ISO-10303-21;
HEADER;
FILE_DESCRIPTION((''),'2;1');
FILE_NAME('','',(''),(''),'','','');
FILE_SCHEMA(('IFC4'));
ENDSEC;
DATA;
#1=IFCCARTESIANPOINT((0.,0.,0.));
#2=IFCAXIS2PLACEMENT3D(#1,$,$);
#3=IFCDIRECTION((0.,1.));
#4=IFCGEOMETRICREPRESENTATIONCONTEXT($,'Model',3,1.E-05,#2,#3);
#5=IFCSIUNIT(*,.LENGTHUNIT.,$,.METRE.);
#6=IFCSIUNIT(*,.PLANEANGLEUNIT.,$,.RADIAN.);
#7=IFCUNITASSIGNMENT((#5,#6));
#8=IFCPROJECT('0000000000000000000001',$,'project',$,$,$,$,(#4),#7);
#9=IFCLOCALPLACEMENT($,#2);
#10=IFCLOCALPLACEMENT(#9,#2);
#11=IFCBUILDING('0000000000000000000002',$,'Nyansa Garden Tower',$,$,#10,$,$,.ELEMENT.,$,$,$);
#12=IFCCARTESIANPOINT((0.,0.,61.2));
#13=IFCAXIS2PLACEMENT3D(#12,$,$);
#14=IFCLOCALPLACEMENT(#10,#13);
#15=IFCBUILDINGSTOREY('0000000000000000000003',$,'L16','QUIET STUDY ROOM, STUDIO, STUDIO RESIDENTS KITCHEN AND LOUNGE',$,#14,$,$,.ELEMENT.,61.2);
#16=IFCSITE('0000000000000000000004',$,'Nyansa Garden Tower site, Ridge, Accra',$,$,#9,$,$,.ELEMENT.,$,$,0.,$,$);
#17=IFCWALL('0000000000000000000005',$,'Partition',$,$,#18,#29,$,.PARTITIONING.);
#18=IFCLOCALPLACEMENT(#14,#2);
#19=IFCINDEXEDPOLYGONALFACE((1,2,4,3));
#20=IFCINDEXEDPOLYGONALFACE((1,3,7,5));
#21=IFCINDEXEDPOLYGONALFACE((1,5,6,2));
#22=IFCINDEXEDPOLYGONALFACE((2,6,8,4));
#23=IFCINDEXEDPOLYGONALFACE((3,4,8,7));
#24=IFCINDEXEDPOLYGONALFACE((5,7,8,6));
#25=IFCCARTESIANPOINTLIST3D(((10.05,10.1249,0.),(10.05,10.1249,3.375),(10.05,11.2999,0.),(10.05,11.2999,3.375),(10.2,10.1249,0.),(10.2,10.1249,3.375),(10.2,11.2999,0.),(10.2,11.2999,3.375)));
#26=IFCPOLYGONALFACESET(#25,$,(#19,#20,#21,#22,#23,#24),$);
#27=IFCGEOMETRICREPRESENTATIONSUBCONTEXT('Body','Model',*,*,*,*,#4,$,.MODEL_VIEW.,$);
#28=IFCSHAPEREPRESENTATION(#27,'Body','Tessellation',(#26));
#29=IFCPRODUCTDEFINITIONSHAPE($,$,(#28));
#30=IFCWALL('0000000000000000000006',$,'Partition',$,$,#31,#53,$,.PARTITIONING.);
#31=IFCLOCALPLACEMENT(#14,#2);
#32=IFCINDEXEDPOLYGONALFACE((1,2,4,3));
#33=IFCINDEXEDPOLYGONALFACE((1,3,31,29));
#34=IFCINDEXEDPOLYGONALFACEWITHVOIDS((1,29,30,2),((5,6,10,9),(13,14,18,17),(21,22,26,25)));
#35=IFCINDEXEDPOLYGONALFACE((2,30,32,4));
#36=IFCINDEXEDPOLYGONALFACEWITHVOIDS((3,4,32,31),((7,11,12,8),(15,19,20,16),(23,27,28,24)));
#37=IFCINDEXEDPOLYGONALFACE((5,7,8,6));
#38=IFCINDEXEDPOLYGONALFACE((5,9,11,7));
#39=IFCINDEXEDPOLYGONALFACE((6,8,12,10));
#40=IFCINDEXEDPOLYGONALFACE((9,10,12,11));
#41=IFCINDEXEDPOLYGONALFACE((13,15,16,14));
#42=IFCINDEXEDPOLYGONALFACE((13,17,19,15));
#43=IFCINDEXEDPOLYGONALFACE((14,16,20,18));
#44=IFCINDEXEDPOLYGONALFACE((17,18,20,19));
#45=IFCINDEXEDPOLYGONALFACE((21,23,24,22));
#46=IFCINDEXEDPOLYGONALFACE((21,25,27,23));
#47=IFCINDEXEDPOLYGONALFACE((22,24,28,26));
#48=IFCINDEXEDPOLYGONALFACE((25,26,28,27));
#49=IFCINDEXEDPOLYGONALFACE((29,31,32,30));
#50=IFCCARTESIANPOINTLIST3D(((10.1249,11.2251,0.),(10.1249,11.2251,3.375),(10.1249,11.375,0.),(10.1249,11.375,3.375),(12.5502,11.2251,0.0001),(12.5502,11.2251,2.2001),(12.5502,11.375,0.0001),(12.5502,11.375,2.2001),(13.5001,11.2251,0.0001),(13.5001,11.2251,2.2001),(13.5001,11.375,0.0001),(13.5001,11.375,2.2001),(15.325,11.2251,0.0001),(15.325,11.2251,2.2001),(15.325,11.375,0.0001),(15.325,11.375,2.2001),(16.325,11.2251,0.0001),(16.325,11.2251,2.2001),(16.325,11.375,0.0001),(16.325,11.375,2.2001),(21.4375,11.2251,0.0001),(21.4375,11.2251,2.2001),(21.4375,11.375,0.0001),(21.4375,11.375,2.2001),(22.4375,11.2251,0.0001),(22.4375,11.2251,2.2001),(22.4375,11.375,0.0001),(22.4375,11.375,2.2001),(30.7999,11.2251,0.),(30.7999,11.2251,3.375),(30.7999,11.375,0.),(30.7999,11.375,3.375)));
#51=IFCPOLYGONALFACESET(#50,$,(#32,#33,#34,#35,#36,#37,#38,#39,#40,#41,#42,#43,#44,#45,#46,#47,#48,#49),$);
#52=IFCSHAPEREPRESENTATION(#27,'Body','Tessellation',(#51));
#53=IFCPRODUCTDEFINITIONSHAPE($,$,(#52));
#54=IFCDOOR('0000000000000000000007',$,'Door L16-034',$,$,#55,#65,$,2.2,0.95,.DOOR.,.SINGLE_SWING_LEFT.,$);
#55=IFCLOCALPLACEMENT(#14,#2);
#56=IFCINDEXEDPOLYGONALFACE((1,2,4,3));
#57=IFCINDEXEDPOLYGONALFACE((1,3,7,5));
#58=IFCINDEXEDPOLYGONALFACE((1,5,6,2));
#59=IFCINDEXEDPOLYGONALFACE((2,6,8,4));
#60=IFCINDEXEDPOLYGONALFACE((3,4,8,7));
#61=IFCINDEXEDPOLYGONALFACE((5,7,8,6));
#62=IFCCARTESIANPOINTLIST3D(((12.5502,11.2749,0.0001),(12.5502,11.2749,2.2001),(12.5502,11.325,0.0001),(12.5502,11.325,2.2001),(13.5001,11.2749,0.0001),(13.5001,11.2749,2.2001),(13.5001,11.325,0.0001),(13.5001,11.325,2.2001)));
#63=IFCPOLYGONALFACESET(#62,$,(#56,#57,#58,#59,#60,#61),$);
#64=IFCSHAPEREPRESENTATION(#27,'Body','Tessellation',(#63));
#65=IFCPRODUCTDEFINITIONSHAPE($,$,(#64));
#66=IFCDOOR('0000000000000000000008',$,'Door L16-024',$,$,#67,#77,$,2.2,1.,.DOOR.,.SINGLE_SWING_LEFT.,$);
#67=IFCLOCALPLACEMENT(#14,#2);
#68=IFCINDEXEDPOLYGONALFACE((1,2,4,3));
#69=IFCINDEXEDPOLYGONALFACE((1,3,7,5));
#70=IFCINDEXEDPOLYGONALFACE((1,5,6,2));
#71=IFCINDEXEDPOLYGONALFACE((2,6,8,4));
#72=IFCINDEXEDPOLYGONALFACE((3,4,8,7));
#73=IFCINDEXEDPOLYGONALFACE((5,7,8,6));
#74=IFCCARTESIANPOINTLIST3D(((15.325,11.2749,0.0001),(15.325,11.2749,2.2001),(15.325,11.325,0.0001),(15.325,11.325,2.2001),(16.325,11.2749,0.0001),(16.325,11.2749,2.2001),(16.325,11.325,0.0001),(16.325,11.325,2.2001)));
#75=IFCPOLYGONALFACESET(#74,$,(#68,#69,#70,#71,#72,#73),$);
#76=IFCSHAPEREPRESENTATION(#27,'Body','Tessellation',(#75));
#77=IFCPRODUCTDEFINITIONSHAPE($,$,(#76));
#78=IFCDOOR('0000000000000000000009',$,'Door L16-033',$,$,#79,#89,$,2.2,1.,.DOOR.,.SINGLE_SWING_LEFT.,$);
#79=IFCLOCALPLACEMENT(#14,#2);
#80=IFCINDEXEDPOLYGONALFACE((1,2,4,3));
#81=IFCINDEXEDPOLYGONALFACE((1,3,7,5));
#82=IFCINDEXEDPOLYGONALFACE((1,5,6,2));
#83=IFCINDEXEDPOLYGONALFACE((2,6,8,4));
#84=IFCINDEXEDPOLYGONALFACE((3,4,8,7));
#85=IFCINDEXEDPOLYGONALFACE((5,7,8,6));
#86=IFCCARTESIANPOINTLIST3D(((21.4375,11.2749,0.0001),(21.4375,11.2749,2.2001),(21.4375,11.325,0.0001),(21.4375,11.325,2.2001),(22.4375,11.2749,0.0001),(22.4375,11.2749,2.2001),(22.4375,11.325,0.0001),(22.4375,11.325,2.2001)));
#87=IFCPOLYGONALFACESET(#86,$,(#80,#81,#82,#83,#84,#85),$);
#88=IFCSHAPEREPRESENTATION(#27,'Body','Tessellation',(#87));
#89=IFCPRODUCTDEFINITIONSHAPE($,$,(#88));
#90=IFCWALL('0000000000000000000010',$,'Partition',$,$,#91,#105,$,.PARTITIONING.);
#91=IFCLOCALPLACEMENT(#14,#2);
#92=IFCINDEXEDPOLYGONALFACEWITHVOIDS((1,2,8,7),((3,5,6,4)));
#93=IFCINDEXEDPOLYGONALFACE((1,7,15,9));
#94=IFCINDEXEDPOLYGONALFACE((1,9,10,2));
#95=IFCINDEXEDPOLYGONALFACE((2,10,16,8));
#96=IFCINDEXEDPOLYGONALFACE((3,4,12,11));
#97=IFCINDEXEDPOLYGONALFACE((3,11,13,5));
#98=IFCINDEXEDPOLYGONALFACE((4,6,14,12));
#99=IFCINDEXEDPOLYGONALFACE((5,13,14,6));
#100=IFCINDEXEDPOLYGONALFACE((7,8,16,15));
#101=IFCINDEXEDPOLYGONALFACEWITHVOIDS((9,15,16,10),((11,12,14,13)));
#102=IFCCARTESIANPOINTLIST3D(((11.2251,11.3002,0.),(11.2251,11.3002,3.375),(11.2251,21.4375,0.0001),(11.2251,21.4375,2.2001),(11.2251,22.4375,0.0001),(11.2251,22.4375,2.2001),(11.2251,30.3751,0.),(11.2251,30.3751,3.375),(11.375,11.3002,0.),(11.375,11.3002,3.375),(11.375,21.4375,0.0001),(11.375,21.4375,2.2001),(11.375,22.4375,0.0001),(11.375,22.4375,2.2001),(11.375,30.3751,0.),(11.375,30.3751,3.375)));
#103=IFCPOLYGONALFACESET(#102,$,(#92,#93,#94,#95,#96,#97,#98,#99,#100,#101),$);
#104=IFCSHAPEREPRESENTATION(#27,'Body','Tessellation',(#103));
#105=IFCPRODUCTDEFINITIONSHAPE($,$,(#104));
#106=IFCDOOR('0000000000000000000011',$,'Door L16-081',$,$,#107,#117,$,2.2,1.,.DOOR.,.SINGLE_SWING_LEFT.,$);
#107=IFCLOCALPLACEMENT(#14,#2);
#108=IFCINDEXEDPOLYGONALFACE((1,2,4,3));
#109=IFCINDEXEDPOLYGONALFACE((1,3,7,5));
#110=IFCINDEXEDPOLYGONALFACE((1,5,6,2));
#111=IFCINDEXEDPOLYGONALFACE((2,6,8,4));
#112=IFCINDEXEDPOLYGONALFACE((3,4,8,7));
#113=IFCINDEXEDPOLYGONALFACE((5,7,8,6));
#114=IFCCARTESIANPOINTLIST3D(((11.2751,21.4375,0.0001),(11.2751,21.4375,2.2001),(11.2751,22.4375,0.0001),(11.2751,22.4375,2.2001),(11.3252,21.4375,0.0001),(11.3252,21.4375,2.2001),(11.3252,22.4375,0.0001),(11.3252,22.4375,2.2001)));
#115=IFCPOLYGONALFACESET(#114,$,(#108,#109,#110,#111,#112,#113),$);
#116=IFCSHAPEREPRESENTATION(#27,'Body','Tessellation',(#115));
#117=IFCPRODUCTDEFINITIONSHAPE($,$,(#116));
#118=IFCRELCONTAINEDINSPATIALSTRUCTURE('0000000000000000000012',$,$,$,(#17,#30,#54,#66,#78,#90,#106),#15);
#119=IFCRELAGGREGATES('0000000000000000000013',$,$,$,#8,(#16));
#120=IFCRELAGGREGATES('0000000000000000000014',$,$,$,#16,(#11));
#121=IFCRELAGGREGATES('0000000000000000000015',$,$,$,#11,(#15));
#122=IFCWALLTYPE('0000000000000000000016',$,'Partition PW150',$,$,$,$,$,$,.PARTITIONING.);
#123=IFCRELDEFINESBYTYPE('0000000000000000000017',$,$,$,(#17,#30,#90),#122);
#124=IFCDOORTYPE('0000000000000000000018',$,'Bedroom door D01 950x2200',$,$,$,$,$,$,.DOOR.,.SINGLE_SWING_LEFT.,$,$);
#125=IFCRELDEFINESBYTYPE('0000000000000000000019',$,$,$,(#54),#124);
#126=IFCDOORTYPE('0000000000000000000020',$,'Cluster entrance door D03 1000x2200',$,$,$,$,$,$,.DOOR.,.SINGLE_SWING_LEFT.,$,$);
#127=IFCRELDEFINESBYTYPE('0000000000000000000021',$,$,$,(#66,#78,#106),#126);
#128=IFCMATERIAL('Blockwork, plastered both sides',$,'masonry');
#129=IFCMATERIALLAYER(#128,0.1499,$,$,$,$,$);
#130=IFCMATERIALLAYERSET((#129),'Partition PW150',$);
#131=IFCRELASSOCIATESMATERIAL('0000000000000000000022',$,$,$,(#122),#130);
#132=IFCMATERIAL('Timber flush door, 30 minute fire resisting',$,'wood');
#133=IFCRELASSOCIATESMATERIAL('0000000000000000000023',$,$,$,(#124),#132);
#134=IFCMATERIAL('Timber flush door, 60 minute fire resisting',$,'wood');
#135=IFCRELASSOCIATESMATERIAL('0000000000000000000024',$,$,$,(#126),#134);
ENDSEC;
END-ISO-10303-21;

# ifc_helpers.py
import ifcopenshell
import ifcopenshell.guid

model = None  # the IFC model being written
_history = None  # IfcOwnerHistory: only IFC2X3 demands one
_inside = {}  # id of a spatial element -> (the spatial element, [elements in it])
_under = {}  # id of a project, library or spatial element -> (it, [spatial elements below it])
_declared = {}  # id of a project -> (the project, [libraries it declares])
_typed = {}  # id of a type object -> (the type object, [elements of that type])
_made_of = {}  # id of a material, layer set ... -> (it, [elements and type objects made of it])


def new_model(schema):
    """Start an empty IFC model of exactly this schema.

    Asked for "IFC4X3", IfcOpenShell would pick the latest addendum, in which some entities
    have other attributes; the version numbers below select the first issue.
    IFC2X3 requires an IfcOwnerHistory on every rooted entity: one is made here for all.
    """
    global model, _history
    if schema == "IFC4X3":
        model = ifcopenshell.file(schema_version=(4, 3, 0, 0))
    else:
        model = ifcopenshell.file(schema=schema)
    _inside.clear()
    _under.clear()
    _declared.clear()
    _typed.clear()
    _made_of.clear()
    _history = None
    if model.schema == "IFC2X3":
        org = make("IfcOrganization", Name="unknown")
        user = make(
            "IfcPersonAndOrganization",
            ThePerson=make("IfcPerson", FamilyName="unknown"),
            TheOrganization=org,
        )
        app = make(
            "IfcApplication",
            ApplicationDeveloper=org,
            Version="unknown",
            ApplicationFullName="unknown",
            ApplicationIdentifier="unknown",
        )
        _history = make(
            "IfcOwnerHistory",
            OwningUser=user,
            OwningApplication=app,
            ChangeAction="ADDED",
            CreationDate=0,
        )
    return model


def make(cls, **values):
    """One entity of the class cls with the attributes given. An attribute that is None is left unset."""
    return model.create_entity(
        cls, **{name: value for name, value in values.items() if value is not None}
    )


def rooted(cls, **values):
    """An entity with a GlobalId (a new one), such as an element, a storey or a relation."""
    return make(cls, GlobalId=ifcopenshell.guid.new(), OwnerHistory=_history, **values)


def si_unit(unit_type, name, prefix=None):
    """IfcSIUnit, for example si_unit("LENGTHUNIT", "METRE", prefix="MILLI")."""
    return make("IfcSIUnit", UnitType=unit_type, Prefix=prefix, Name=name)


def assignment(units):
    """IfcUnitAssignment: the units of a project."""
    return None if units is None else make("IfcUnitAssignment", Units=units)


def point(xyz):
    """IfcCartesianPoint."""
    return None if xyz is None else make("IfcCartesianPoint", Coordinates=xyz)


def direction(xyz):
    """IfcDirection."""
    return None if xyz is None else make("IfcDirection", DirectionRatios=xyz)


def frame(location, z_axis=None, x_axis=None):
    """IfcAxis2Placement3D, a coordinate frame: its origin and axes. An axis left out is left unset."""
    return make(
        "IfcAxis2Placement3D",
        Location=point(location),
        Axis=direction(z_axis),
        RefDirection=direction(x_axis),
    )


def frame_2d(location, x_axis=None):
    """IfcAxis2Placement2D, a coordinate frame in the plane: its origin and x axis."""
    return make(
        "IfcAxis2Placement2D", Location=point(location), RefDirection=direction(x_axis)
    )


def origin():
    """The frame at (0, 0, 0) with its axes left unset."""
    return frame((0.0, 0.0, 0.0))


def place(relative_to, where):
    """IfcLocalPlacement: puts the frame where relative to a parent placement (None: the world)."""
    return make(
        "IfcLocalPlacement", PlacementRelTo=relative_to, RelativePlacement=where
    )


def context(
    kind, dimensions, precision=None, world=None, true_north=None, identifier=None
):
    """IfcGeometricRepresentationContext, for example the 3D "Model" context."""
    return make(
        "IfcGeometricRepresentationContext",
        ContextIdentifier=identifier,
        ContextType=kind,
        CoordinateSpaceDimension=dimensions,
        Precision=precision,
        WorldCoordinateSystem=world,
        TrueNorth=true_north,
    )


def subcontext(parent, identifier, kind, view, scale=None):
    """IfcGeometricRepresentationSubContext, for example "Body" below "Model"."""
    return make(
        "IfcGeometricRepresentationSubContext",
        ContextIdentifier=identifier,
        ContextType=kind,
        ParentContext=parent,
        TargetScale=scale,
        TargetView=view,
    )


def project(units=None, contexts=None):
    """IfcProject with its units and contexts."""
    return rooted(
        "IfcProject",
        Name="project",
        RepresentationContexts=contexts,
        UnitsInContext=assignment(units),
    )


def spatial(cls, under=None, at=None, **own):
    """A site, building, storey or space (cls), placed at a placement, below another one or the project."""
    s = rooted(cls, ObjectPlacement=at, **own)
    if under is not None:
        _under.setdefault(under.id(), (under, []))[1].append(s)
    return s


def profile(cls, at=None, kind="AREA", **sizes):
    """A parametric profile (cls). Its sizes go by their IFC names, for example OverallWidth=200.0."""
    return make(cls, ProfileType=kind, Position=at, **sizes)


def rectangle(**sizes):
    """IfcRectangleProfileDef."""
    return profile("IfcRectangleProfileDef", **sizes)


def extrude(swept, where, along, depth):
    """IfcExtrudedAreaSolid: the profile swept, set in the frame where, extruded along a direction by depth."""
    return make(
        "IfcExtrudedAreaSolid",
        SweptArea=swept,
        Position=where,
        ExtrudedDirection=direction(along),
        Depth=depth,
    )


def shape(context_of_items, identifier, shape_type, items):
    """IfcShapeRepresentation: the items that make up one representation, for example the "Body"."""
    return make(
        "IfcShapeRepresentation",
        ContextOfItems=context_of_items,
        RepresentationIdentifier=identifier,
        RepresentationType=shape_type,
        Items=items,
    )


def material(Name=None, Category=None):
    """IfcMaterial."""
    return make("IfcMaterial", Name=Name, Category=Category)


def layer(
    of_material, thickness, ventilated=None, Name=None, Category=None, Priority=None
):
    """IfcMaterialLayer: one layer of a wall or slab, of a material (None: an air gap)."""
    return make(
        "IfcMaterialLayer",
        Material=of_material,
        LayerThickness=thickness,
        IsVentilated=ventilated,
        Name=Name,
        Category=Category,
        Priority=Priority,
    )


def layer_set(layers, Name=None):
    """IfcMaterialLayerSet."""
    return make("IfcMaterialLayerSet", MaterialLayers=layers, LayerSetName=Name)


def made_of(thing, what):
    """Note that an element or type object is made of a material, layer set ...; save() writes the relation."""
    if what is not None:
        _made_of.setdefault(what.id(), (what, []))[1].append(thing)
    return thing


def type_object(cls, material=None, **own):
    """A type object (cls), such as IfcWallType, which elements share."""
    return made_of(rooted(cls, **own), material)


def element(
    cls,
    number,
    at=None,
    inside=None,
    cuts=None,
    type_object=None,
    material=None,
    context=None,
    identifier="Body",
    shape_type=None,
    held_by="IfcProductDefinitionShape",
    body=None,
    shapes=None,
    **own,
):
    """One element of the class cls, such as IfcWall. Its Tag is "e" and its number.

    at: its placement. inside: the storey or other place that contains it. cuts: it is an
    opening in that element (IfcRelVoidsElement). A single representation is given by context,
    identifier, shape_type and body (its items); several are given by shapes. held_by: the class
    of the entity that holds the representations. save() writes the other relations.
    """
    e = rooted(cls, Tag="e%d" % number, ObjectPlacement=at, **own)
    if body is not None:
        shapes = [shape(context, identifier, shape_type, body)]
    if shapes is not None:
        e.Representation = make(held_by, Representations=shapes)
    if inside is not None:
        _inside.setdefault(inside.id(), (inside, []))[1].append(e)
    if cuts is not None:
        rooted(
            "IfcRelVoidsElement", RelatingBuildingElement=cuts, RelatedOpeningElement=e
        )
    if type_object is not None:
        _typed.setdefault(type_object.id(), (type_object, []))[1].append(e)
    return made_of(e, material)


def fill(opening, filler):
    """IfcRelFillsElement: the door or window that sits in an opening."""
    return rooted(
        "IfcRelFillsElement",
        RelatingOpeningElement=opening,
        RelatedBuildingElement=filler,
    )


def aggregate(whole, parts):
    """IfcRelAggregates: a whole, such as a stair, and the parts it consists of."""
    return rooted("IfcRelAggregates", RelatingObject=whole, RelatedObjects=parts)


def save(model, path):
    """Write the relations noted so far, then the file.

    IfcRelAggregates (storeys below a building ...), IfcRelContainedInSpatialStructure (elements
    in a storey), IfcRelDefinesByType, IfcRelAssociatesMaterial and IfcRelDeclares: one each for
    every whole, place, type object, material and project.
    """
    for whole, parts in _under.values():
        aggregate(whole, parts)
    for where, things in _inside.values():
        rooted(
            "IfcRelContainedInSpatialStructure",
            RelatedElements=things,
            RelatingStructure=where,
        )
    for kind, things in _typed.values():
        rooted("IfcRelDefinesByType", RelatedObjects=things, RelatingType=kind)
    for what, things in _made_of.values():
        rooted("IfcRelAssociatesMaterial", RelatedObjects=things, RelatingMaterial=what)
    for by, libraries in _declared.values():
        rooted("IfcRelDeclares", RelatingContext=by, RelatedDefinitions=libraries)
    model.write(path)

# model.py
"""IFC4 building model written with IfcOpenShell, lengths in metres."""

from ifc_helpers import new_model, si_unit, direction, frame, frame_2d, origin, place, context, subcontext, project, spatial, rectangle, extrude, material, layer, layer_set, type_object, element, fill, save


model = new_model("IFC4")

# Units and contexts
model_context = context("Model", 3, precision=1e-05, world=origin(), true_north=direction((0.0, 1.0)))
body_context = subcontext(model_context, "Body", "Model", "MODEL_VIEW")
ifc_project = project(units=[si_unit("LENGTHUNIT", "METRE"), si_unit("PLANEANGLEUNIT", "RADIAN")], contexts=[model_context])

# Site, building, storey
site_placement = place(None, origin())
site = spatial("IfcSite", under=ifc_project, at=site_placement, Name="Nyansa Garden Tower site, Ridge, Accra", CompositionType="ELEMENT", RefElevation=0.0)
building_placement = place(site_placement, origin())
building = spatial("IfcBuilding", under=site, at=building_placement, Name="Nyansa Garden Tower", CompositionType="ELEMENT")
storey_placement = place(building_placement, frame((0.0, 0.0, 61.2)))
storey = spatial("IfcBuildingStorey", under=building, at=storey_placement, Name="L16", Description="QUIET STUDY ROOM, STUDIO, STUDIO RESIDENTS KITCHEN AND LOUNGE", CompositionType="ELEMENT", Elevation=61.2)

# Wall
ifc_material_1 = material(Name="Blockwork, plastered both sides", Category="masonry")
ifc_layer_1 = layer(ifc_material_1, 0.1499)
ifc_layer_set_1 = layer_set([ifc_layer_1], Name="Partition PW150")
wall_type_1 = type_object("IfcWallType", Name="Partition PW150", PredefinedType="PARTITIONING", material=ifc_layer_set_1)
wall_1_placement = place(storey_placement, frame((10.125, 10.125, 0.0), z_axis=(0.0, 0.0, 1.0), x_axis=(0.0, 1.0, 0.0)))
element("IfcWall", 1, at=wall_1_placement, inside=storey, type_object=wall_type_1, Name="Partition", PredefinedType="PARTITIONING", context=body_context, shape_type="SweptSolid", body=[
    extrude(rectangle(XDim=1.175, YDim=0.1499, at=frame_2d((0.5874, 0.0))), origin(), (0.0, 0.0, 1.0), 3.375),
])

# Wall, openings, doors
wall_2_placement = place(storey_placement, frame((10.125, 11.3, 0.0), z_axis=(0.0, 0.0, 1.0), x_axis=(1.0, 0.0, 0.0)))
wall_2 = element("IfcWall", 2, at=wall_2_placement, inside=storey, type_object=wall_type_1, Name="Partition", PredefinedType="PARTITIONING", context=body_context, shape_type="SweptSolid", body=[
    extrude(rectangle(XDim=20.675, YDim=0.1499, at=frame_2d((10.3374, 0.0))), origin(), (0.0, 0.0, 1.0), 3.375),
])
opening_1_placement = place(wall_2_placement, frame((5.2, 0.0, 0.0)))
opening_1 = element("IfcOpeningElement", 3, at=opening_1_placement, cuts=wall_2, PredefinedType="OPENING", context=body_context, shape_type="SweptSolid", body=[
    extrude(rectangle(XDim=1.0, YDim=2.2, at=frame_2d((0.5, 1.1001))), frame((0.0, 0.085, 0.0), z_axis=(0.0, -1.0, 0.0), x_axis=(1.0, 0.0, 0.0)), (0.0, 0.0, 1.0), 0.1699),
])
opening_2_placement = place(wall_2_placement, frame((11.3125, 0.0, 0.0)))
opening_2 = element("IfcOpeningElement", 4, at=opening_2_placement, cuts=wall_2, PredefinedType="OPENING", context=body_context, shape_type="SweptSolid", body=[
    extrude(rectangle(XDim=1.0, YDim=2.2, at=frame_2d((0.5, 1.1001))), frame((0.0, 0.085, 0.0), z_axis=(0.0, -1.0, 0.0), x_axis=(1.0, 0.0, 0.0)), (0.0, 0.0, 1.0), 0.1699),
])
opening_3_placement = place(wall_2_placement, frame((2.425, 0.0, 0.0)))
opening_3 = element("IfcOpeningElement", 5, at=opening_3_placement, cuts=wall_2, PredefinedType="OPENING", context=body_context, shape_type="SweptSolid", body=[
    extrude(rectangle(XDim=0.95, YDim=2.2, at=frame_2d((0.4751, 1.1001))), frame((0.0, 0.085, 0.0), z_axis=(0.0, -1.0, 0.0), x_axis=(1.0, 0.0, 0.0)), (0.0, 0.0, 1.0), 0.1699),
])
ifc_material_2 = material(Name="Timber flush door, 30 minute fire resisting", Category="wood")
door_type_1 = type_object("IfcDoorType", Name="Bedroom door D01 950x2200", OperationType="SINGLE_SWING_LEFT", PredefinedType="DOOR", material=ifc_material_2)
door_1_placement = place(opening_3_placement, origin())
door_1 = element("IfcDoor", 6, at=door_1_placement, inside=storey, type_object=door_type_1, Name="Door L16-034", OperationType="SINGLE_SWING_LEFT", OverallHeight=2.2, OverallWidth=0.95, PredefinedType="DOOR", context=body_context, shape_type="SweptSolid", body=[
    extrude(rectangle(XDim=0.95, YDim=2.2, at=frame_2d((0.4751, 1.1001))), frame((0.0, 0.0249, 0.0), z_axis=(0.0, -1.0, 0.0), x_axis=(1.0, 0.0, 0.0)), (0.0, 0.0, 1.0), 0.05),
])
fill(opening_3, door_1)
ifc_material_3 = material(Name="Timber flush door, 60 minute fire resisting", Category="wood")
door_type_2 = type_object("IfcDoorType", Name="Cluster entrance door D03 1000x2200", OperationType="SINGLE_SWING_LEFT", PredefinedType="DOOR", material=ifc_material_3)
door_2_placement = place(opening_1_placement, origin())
door_2 = element("IfcDoor", 7, at=door_2_placement, inside=storey, type_object=door_type_2, Name="Door L16-024", OperationType="SINGLE_SWING_LEFT", OverallHeight=2.2, OverallWidth=1.0, PredefinedType="DOOR", context=body_context, shape_type="SweptSolid", body=[
    extrude(rectangle(XDim=1.0, YDim=2.2, at=frame_2d((0.5, 1.1001))), frame((0.0, 0.0249, 0.0), z_axis=(0.0, -1.0, 0.0), x_axis=(1.0, 0.0, 0.0)), (0.0, 0.0, 1.0), 0.05),
])
fill(opening_1, door_2)
door_3_placement = place(opening_2_placement, origin())
door_3 = element("IfcDoor", 8, at=door_3_placement, inside=storey, type_object=door_type_2, Name="Door L16-033", OperationType="SINGLE_SWING_LEFT", OverallHeight=2.2, OverallWidth=1.0, PredefinedType="DOOR", context=body_context, shape_type="SweptSolid", body=[
    extrude(rectangle(XDim=1.0, YDim=2.2, at=frame_2d((0.5, 1.1001))), frame((0.0, 0.0249, 0.0), z_axis=(0.0, -1.0, 0.0), x_axis=(1.0, 0.0, 0.0)), (0.0, 0.0, 1.0), 0.05),
])
fill(opening_2, door_3)

# Wall, opening, door
wall_3_placement = place(storey_placement, frame((11.3, 11.3, 0.0), z_axis=(0.0, 0.0, 1.0), x_axis=(0.0, 1.0, 0.0)))
wall_3 = element("IfcWall", 9, at=wall_3_placement, inside=storey, type_object=wall_type_1, Name="Partition", PredefinedType="PARTITIONING", context=body_context, shape_type="SweptSolid", body=[
    extrude(rectangle(XDim=19.075, YDim=0.1499, at=frame_2d((9.5376, 0.0))), origin(), (0.0, 0.0, 1.0), 3.375),
])
opening_4_placement = place(wall_3_placement, frame((10.1375, 0.0, 0.0)))
opening_4 = element("IfcOpeningElement", 10, at=opening_4_placement, cuts=wall_3, PredefinedType="OPENING", context=body_context, shape_type="SweptSolid", body=[
    extrude(rectangle(XDim=1.0, YDim=2.2, at=frame_2d((0.5, 1.1001))), frame((0.0, 0.085, 0.0), z_axis=(0.0, -1.0, 0.0), x_axis=(1.0, 0.0, 0.0)), (0.0, 0.0, 1.0), 0.1699),
])
door_4_placement = place(opening_4_placement, origin())
door_4 = element("IfcDoor", 11, at=door_4_placement, inside=storey, type_object=door_type_2, Name="Door L16-081", OperationType="SINGLE_SWING_LEFT", OverallHeight=2.2, OverallWidth=1.0, PredefinedType="DOOR", context=body_context, shape_type="SweptSolid", body=[
    extrude(rectangle(XDim=1.0, YDim=2.2, at=frame_2d((0.5, 1.1001))), frame((0.0, 0.0249, 0.0), z_axis=(0.0, -1.0, 0.0), x_axis=(1.0, 0.0, 0.0)), (0.0, 0.0, 1.0), 0.05),
])
fill(opening_4, door_4)

save(model, "model.ifc")
